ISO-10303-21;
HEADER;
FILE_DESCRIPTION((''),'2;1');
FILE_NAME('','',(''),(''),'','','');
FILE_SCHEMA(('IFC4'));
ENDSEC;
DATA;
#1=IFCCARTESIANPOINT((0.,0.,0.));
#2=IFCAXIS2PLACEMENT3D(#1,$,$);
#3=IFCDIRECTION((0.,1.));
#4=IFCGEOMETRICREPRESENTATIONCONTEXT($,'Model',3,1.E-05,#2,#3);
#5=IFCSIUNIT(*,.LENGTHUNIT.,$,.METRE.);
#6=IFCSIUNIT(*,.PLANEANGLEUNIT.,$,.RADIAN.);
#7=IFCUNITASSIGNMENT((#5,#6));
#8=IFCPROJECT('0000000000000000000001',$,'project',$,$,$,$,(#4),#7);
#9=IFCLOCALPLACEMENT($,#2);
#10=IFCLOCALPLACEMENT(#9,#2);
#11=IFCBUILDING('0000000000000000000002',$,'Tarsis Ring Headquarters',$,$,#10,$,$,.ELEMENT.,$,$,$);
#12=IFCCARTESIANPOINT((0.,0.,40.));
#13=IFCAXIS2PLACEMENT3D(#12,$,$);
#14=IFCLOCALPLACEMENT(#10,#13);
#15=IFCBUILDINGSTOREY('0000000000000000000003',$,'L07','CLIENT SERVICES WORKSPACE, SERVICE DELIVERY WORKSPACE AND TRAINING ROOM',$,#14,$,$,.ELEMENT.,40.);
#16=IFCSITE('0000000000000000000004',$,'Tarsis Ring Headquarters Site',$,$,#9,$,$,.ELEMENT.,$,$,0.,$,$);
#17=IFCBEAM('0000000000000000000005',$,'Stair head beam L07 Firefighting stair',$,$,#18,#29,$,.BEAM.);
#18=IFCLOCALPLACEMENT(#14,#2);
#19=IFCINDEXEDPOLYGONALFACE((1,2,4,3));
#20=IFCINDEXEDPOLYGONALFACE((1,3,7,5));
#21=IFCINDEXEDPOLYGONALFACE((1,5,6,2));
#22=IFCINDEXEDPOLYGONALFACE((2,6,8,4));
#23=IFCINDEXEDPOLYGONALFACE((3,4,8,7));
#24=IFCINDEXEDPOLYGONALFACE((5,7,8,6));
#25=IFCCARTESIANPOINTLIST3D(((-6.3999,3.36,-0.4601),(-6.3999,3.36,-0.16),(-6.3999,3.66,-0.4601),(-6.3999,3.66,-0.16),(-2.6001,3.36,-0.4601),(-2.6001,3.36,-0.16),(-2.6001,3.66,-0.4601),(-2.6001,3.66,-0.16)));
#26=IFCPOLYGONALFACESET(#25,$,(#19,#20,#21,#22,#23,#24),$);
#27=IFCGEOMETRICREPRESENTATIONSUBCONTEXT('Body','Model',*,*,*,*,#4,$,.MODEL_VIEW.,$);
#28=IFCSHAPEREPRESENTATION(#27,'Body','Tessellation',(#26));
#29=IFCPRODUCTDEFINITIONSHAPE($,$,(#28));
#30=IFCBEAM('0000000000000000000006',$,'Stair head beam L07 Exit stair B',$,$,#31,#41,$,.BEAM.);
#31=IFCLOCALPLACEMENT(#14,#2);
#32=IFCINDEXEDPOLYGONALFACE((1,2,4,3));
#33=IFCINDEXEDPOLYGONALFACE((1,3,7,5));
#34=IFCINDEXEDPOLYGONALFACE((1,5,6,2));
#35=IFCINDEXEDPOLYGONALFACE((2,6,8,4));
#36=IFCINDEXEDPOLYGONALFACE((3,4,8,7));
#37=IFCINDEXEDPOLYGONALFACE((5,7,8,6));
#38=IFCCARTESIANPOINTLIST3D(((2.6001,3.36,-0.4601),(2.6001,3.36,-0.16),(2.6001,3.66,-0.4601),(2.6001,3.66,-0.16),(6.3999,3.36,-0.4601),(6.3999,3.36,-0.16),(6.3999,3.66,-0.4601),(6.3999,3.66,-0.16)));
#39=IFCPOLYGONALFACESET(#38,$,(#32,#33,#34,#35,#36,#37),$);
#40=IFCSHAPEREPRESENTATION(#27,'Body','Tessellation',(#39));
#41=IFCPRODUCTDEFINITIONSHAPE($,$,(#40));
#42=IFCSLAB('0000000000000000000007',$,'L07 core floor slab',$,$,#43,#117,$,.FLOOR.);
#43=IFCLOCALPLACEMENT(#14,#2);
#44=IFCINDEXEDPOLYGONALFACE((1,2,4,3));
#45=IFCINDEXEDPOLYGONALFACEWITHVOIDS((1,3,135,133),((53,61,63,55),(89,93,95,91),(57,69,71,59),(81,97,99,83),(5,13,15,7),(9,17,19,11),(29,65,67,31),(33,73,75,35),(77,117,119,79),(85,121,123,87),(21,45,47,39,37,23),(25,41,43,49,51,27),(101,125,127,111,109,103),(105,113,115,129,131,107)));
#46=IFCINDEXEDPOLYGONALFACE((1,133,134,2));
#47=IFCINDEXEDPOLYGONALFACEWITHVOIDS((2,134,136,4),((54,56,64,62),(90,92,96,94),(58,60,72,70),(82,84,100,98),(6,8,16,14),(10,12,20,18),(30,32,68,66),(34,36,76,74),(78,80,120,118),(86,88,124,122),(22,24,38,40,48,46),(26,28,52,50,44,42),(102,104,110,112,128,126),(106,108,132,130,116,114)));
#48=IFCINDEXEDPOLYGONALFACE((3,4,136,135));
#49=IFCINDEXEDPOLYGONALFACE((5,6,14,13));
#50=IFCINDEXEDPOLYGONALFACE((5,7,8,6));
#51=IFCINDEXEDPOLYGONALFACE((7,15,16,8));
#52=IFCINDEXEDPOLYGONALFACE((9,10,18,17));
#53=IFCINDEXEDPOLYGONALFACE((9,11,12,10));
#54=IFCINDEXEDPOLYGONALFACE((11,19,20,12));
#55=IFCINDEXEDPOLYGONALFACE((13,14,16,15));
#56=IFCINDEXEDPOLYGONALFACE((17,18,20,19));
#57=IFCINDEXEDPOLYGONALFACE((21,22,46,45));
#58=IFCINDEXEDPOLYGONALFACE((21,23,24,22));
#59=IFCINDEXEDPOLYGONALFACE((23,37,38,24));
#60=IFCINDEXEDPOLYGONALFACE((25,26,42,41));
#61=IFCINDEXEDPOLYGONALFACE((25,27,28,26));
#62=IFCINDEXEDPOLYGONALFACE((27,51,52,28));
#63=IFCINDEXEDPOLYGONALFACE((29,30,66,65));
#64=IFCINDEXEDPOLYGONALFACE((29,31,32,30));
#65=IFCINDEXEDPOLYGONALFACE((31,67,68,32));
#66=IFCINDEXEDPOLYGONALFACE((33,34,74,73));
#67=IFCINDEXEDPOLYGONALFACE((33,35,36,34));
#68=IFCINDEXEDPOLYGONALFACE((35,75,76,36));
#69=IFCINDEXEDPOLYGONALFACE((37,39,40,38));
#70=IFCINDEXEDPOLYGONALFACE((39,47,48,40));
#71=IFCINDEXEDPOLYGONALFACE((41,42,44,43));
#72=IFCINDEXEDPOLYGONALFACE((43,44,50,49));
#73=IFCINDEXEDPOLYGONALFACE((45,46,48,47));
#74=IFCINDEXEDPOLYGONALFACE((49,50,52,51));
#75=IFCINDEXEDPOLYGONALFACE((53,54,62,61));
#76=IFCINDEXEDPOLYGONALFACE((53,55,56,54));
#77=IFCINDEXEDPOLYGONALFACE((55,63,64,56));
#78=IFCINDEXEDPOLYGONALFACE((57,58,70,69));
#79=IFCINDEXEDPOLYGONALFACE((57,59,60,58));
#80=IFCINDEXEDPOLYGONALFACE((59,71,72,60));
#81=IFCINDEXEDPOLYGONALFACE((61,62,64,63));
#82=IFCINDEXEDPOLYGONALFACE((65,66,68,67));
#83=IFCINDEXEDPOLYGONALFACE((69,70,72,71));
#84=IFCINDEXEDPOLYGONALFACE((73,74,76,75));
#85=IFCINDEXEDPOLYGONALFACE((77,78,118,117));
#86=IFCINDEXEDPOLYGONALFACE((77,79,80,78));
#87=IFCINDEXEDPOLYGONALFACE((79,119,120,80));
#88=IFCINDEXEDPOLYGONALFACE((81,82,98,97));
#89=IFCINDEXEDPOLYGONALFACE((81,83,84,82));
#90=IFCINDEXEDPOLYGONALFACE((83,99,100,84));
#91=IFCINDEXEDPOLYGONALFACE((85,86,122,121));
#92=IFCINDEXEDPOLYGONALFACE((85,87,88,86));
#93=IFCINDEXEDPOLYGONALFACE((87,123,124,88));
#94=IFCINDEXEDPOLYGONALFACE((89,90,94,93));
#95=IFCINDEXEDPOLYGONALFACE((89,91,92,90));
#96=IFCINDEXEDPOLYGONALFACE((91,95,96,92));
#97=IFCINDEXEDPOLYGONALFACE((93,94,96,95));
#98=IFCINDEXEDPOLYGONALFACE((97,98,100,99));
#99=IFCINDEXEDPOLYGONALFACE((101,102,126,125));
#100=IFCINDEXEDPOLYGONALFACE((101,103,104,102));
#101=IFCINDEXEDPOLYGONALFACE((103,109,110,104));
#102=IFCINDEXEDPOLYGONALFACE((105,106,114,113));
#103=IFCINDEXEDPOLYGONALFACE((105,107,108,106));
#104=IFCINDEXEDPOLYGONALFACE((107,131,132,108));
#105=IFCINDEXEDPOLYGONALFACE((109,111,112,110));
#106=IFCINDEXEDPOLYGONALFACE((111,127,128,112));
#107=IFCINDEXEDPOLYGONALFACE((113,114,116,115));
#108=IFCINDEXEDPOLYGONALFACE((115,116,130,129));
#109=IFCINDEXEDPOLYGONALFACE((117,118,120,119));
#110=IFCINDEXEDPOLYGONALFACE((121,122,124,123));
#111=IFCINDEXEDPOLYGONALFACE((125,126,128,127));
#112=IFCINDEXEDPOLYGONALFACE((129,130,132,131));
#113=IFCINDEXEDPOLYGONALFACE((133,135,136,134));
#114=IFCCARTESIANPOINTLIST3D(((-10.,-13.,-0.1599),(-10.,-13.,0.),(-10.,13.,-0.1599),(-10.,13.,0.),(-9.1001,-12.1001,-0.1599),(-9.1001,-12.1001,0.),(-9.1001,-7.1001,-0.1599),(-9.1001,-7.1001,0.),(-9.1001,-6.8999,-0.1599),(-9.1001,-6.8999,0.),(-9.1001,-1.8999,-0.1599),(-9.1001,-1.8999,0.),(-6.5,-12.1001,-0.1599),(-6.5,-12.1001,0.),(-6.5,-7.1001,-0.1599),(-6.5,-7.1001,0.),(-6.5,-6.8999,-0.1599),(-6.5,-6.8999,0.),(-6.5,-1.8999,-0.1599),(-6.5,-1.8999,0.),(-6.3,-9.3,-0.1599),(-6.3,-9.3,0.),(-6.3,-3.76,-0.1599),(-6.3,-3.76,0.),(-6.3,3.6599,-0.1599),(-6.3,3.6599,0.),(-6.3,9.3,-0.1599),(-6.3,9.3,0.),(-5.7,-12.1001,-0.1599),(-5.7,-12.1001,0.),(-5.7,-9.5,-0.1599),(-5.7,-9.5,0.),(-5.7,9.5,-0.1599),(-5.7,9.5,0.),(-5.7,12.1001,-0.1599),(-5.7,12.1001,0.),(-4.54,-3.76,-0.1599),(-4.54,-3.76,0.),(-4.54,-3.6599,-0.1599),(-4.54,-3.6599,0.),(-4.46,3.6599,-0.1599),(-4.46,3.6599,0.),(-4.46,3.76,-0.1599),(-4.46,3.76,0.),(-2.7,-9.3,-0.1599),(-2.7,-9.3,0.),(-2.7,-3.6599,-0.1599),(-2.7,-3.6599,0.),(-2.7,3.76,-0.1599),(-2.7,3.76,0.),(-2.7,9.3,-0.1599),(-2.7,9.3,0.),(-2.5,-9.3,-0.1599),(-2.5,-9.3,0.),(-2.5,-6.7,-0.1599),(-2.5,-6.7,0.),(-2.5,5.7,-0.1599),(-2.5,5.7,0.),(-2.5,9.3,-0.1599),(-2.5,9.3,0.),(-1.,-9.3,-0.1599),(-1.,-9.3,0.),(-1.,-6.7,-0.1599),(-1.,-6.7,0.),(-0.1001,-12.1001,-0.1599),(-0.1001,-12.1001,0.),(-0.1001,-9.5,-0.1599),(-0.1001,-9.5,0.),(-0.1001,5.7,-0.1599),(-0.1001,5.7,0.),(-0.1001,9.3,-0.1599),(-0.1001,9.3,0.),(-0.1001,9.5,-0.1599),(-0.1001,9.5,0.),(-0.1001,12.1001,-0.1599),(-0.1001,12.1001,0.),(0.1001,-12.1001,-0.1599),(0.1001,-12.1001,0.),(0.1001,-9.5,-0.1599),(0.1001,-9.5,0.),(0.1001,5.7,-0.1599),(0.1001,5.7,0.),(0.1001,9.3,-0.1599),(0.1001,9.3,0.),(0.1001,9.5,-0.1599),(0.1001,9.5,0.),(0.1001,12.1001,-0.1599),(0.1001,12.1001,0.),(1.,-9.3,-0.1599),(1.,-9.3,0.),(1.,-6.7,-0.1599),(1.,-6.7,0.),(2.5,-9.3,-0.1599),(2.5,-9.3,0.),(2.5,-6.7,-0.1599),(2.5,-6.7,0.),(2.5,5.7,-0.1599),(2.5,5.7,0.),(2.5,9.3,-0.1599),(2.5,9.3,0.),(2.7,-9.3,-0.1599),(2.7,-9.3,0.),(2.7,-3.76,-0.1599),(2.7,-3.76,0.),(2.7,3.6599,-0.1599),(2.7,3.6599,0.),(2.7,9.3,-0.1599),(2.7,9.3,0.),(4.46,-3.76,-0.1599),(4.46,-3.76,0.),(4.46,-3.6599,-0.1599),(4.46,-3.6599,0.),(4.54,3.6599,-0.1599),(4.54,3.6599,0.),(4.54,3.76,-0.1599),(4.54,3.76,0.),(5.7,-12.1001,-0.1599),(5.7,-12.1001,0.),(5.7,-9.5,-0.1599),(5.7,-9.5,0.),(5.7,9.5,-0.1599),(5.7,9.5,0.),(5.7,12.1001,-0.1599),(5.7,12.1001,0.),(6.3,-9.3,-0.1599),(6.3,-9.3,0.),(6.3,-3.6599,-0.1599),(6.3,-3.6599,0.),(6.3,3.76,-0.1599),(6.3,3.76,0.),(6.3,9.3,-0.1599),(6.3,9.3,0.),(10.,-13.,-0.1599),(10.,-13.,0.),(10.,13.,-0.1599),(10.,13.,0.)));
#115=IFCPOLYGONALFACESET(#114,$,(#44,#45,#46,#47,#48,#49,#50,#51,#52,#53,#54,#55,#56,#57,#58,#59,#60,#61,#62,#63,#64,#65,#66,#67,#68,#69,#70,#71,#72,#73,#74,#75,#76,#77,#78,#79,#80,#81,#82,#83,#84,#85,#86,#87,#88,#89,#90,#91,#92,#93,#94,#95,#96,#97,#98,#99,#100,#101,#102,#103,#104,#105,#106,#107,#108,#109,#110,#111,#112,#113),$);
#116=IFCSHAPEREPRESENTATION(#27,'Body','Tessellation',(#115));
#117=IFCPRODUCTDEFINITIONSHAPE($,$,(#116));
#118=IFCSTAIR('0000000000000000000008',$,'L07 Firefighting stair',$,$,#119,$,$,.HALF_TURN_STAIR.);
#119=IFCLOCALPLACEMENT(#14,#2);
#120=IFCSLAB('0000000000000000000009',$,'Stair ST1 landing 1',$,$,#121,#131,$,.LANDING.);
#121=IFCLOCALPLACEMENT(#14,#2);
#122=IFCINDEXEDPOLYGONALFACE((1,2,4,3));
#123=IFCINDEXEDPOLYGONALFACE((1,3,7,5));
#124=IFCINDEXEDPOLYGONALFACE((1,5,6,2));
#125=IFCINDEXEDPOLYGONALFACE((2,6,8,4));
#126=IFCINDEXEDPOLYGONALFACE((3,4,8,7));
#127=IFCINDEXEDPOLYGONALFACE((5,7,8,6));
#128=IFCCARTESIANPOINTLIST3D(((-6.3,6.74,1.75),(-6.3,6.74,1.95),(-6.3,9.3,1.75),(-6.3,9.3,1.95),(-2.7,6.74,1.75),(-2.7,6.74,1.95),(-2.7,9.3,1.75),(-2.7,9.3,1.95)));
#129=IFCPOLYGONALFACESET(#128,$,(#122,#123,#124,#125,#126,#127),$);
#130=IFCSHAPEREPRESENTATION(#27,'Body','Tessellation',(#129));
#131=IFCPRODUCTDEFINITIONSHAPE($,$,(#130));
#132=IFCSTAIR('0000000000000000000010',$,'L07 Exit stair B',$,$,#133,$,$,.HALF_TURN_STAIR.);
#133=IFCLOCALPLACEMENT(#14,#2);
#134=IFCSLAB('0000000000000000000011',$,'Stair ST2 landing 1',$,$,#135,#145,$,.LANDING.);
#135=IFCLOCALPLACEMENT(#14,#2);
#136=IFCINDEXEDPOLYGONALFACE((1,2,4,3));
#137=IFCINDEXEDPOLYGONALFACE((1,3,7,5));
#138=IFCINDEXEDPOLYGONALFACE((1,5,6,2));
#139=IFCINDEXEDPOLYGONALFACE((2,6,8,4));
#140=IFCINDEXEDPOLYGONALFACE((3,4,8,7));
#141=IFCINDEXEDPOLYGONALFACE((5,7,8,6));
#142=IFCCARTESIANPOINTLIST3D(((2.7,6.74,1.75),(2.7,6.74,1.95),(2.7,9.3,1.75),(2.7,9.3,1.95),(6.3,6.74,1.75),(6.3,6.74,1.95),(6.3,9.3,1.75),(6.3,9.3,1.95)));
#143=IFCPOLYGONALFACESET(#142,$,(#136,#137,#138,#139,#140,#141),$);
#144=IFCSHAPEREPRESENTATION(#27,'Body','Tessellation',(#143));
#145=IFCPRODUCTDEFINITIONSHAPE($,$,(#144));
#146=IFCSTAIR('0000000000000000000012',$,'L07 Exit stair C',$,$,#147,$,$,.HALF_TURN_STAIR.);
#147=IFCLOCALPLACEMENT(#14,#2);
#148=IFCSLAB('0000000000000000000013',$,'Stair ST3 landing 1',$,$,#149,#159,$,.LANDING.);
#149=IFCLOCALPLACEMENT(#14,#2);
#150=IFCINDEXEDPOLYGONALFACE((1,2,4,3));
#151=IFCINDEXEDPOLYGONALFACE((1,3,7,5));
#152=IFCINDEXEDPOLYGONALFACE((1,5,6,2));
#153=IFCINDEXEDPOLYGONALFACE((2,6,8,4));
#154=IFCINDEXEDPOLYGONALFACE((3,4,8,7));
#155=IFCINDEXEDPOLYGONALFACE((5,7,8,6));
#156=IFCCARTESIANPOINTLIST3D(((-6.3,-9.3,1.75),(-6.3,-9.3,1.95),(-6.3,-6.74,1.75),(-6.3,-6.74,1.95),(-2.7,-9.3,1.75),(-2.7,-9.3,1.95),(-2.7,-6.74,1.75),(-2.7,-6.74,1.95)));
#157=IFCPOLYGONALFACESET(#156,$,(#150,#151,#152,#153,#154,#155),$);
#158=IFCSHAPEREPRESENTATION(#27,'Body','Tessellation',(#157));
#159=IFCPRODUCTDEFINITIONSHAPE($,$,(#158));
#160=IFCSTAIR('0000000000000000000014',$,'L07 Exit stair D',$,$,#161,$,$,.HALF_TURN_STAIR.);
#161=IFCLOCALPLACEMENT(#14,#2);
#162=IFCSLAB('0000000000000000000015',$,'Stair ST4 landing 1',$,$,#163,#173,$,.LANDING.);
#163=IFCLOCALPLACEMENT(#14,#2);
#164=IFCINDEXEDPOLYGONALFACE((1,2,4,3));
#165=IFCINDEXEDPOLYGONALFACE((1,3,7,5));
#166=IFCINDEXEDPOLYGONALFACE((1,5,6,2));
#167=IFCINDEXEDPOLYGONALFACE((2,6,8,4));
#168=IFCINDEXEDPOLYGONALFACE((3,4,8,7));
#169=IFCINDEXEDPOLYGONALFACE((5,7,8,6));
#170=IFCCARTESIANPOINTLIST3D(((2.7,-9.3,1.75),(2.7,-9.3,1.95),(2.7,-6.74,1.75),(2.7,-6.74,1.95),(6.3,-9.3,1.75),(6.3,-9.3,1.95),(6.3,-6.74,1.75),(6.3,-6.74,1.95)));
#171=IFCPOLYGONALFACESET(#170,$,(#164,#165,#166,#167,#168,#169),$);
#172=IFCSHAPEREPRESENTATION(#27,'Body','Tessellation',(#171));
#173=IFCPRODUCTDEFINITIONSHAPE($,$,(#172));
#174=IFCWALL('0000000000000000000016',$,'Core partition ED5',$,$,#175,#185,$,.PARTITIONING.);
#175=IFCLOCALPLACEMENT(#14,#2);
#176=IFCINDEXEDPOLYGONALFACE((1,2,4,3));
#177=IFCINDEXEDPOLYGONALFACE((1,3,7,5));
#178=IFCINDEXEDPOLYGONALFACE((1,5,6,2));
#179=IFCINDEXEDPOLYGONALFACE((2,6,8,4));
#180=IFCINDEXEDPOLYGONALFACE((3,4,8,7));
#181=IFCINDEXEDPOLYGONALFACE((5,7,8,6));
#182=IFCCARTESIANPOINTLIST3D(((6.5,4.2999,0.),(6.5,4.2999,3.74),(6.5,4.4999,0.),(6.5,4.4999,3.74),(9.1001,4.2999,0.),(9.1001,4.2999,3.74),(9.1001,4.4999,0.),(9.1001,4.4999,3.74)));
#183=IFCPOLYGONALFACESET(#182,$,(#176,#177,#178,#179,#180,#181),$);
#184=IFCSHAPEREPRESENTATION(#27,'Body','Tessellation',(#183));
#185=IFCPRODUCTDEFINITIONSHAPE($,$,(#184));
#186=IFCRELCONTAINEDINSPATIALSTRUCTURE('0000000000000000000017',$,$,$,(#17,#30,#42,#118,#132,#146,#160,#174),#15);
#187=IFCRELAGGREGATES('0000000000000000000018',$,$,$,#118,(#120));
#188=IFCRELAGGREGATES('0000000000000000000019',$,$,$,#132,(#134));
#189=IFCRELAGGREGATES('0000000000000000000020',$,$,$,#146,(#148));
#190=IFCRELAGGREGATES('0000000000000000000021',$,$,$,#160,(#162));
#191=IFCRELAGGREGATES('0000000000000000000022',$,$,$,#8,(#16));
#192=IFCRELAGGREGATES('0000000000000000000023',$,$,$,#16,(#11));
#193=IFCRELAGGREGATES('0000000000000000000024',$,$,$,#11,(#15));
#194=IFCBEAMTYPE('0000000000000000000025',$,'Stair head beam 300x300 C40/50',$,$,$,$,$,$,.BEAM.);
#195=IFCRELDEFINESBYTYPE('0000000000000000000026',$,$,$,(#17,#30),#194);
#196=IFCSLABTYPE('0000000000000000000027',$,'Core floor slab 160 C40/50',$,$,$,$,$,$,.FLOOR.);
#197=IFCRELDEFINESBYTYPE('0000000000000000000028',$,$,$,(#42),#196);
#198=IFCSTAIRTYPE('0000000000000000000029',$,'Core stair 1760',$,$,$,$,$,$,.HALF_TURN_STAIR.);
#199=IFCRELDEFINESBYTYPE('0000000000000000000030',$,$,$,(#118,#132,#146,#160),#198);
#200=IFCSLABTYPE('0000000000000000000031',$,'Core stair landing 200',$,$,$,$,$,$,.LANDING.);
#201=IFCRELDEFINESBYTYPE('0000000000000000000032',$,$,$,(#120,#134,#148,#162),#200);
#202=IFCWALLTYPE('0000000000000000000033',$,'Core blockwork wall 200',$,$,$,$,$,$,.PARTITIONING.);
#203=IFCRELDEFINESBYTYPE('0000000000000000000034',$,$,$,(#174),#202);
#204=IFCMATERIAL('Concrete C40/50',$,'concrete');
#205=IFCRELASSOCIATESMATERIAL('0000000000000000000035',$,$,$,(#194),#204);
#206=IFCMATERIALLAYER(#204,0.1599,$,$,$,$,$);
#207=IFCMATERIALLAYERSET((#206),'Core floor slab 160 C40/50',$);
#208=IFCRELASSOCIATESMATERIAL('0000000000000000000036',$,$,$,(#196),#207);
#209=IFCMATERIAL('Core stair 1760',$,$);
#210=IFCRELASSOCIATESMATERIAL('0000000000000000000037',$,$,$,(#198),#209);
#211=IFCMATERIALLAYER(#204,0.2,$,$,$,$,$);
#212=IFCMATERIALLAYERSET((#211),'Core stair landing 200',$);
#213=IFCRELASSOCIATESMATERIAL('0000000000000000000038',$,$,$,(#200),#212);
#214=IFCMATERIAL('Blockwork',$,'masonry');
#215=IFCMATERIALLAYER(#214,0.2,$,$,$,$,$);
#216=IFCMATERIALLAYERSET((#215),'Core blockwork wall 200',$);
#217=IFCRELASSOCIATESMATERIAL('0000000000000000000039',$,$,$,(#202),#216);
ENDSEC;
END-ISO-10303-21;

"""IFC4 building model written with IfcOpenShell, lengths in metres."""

from ifc_helpers import new_model, si_unit, direction, frame, frame_2d, origin, origin_2d, place, context, subcontext, project, spatial, polyline, rectangle, outline, extrude, material, layer, layer_set, material_profile, profile_set, type_object, element, aggregate, save


model = new_model("IFC4")

# Units and contexts
model_context = context("Model", 3, precision=1e-05, world=origin(), true_north=direction((0.0, 1.0)))
body_context = subcontext(model_context, "Body", "Model", "MODEL_VIEW")
ifc_project = project(units=[si_unit("LENGTHUNIT", "METRE"), si_unit("PLANEANGLEUNIT", "RADIAN")], contexts=[model_context])

# Site, building, storey
site_placement = place(None, origin())
site = spatial("IfcSite", under=ifc_project, at=site_placement, Name="Tarsis Ring Headquarters Site", CompositionType="ELEMENT", RefElevation=0.0)
building_placement = place(site_placement, origin())
building = spatial("IfcBuilding", under=site, at=building_placement, Name="Tarsis Ring Headquarters", CompositionType="ELEMENT")
storey_placement = place(building_placement, frame((0.0, 0.0, 40.0)))
storey = spatial("IfcBuildingStorey", under=building, at=storey_placement, Name="L07", Description="CLIENT SERVICES WORKSPACE, SERVICE DELIVERY WORKSPACE AND TRAINING ROOM", CompositionType="ELEMENT", Elevation=40.0)

# Beams
ifc_material_1 = material(Name="Concrete C40/50", Category="concrete")
ifc_material_profile = material_profile(ifc_material_1, rectangle(XDim=0.3, YDim=0.3, at=origin_2d()), Name="Stair head beam 300x300 C40/50")
ifc_profile_set = profile_set([ifc_material_profile], Name="Concrete C40/50")
beam_type = type_object("IfcBeamType", Name="Stair head beam 300x300 C40/50", PredefinedType="BEAM", material=ifc_profile_set)
for number, where, z_axis, x_axis, name in (
    (1, (-6.3999, 3.51, -0.3101), (1.0, 0.0, 0.0), (0.0, 1.0, 0.0), "Stair head beam L07 Firefighting stair"),
    (2, (2.6001, 3.51, -0.3101), (1.0, 0.0, 0.0), (0.0, 1.0, 0.0), "Stair head beam L07 Exit stair B"),
):
    element("IfcBeam", number, at=place(storey_placement, frame(where, z_axis=z_axis, x_axis=x_axis)), inside=storey, type_object=beam_type, Name=name, PredefinedType="BEAM", context=body_context, shape_type="SweptSolid", body=[
        extrude(rectangle(XDim=0.3, YDim=0.3, at=origin_2d()), origin(), (0.0, 0.0, 1.0), 3.7998),
    ])

# Slab
ifc_layer_1 = layer(ifc_material_1, 0.1599)
ifc_layer_set_1 = layer_set([ifc_layer_1], Name="Core floor slab 160 C40/50")
slab_type_1 = type_object("IfcSlabType", Name="Core floor slab 160 C40/50", PredefinedType="FLOOR", material=ifc_layer_set_1)
slab_1_placement = place(storey_placement, frame((0.0, 0.0, -0.1599)))
element("IfcSlab", 3, at=slab_1_placement, inside=storey, type_object=slab_type_1, Name="L07 core floor slab", PredefinedType="FLOOR", context=body_context, shape_type="SweptSolid", body=[
    extrude(outline(polyline([(-10.0, -13.0), (10.0, -13.0), (10.0, 13.0), (-10.0, 13.0), (-10.0, -13.0)]), holes=[polyline([(-2.5, 5.7), (-0.1001, 5.7), (-0.1001, 9.3), (-2.5, 9.3), (-2.5, 5.7)]), polyline([(0.1001, 5.7), (2.5, 5.7), (2.5, 9.3), (0.1001, 9.3), (0.1001, 5.7)]), polyline([(-9.1001, -12.1001), (-6.5, -12.1001), (-6.5, -7.1001), (-9.1001, -7.1001), (-9.1001, -12.1001)]), polyline([(-9.1001, -6.8999), (-6.5, -6.8999), (-6.5, -1.8999), (-9.1001, -1.8999), (-9.1001, -6.8999)]), polyline([(-5.7, 9.5), (-0.1001, 9.5), (-0.1001, 12.1001), (-5.7, 12.1001), (-5.7, 9.5)]), polyline([(0.1001, 9.5), (5.7, 9.5), (5.7, 12.1001), (0.1001, 12.1001), (0.1001, 9.5)]), polyline([(-5.7, -12.1001), (-0.1001, -12.1001), (-0.1001, -9.5), (-5.7, -9.5), (-5.7, -12.1001)]), polyline([(0.1001, -12.1001), (5.7, -12.1001), (5.7, -9.5), (0.1001, -9.5), (0.1001, -12.1001)]), polyline([(-2.5, -9.3), (-1.0, -9.3), (-1.0, -6.7), (-2.5, -6.7), (-2.5, -9.3)]), polyline([(1.0, -9.3), (2.5, -9.3), (2.5, -6.7), (1.0, -6.7), (1.0, -9.3)]), polyline([(-2.7, 3.76), (-2.7, 9.3), (-6.3, 9.3), (-6.3, 3.6599), (-4.46, 3.6599), (-4.46, 3.76), (-2.7, 3.76)]), polyline([(6.3, 3.76), (6.3, 9.3), (2.7, 9.3), (2.7, 3.6599), (4.54, 3.6599), (4.54, 3.76), (6.3, 3.76)]), polyline([(-6.3, -3.76), (-6.3, -9.3), (-2.7, -9.3), (-2.7, -3.6599), (-4.54, -3.6599), (-4.54, -3.76), (-6.3, -3.76)]), polyline([(2.7, -3.76), (2.7, -9.3), (6.3, -9.3), (6.3, -3.6599), (4.46, -3.6599), (4.46, -3.76), (2.7, -3.76)])]), origin(), (0.0, 0.0, 1.0), 0.1599),
])

# Stairs, slabs
ifc_material_2 = material(Name="Core stair 1760")
stair_type = type_object("IfcStairType", Name="Core stair 1760", PredefinedType="HALF_TURN_STAIR", material=ifc_material_2)
stair_1_placement = place(storey_placement, origin())
stair_1 = element("IfcStair", 4, at=stair_1_placement, inside=storey, type_object=stair_type, Name="L07 Firefighting stair", PredefinedType="HALF_TURN_STAIR")
ifc_layer_2 = layer(ifc_material_1, 0.2)
ifc_layer_set_2 = layer_set([ifc_layer_2], Name="Core stair landing 200")
slab_type_2 = type_object("IfcSlabType", Name="Core stair landing 200", PredefinedType="LANDING", material=ifc_layer_set_2)
slab_2_placement = place(storey_placement, frame((0.0, 0.0, 1.75)))
slab_2 = element("IfcSlab", 5, at=slab_2_placement, type_object=slab_type_2, Name="Stair ST1 landing 1", PredefinedType="LANDING", context=body_context, shape_type="SweptSolid", body=[
    extrude(outline(polyline([(-2.7, 6.74), (-2.7, 9.3), (-6.3, 9.3), (-6.3, 6.74), (-2.7, 6.74)])), origin(), (0.0, 0.0, 1.0), 0.2),
])
aggregate(stair_1, [slab_2])
stair_2_placement = place(storey_placement, origin())
stair_2 = element("IfcStair", 6, at=stair_2_placement, inside=storey, type_object=stair_type, Name="L07 Exit stair B", PredefinedType="HALF_TURN_STAIR")
slab_3_placement = place(storey_placement, frame((0.0, 0.0, 1.75)))
slab_3 = element("IfcSlab", 7, at=slab_3_placement, type_object=slab_type_2, Name="Stair ST2 landing 1", PredefinedType="LANDING", context=body_context, shape_type="SweptSolid", body=[
    extrude(outline(polyline([(6.3, 6.74), (6.3, 9.3), (2.7, 9.3), (2.7, 6.74), (6.3, 6.74)])), origin(), (0.0, 0.0, 1.0), 0.2),
])
aggregate(stair_2, [slab_3])
stair_3_placement = place(storey_placement, origin())
stair_3 = element("IfcStair", 8, at=stair_3_placement, inside=storey, type_object=stair_type, Name="L07 Exit stair C", PredefinedType="HALF_TURN_STAIR")
slab_4_placement = place(storey_placement, frame((0.0, 0.0, 1.75)))
slab_4 = element("IfcSlab", 9, at=slab_4_placement, type_object=slab_type_2, Name="Stair ST3 landing 1", PredefinedType="LANDING", context=body_context, shape_type="SweptSolid", body=[
    extrude(outline(polyline([(-6.3, -6.74), (-6.3, -9.3), (-2.7, -9.3), (-2.7, -6.74), (-6.3, -6.74)])), origin(), (0.0, 0.0, 1.0), 0.2),
])
aggregate(stair_3, [slab_4])
stair_4_placement = place(storey_placement, origin())
stair_4 = element("IfcStair", 10, at=stair_4_placement, inside=storey, type_object=stair_type, Name="L07 Exit stair D", PredefinedType="HALF_TURN_STAIR")
slab_5_placement = place(storey_placement, frame((0.0, 0.0, 1.75)))
slab_5 = element("IfcSlab", 11, at=slab_5_placement, type_object=slab_type_2, Name="Stair ST4 landing 1", PredefinedType="LANDING", context=body_context, shape_type="SweptSolid", body=[
    extrude(outline(polyline([(2.7, -6.74), (2.7, -9.3), (6.3, -9.3), (6.3, -6.74), (2.7, -6.74)])), origin(), (0.0, 0.0, 1.0), 0.2),
])
aggregate(stair_4, [slab_5])

# Wall
ifc_material_3 = material(Name="Blockwork", Category="masonry")
ifc_layer_3 = layer(ifc_material_3, 0.2)
ifc_layer_set_3 = layer_set([ifc_layer_3], Name="Core blockwork wall 200")
wall_type_1 = type_object("IfcWallType", Name="Core blockwork wall 200", PredefinedType="PARTITIONING", material=ifc_layer_set_3)
wall_1_placement = place(storey_placement, frame((6.5, 4.3999, 0.0), z_axis=(0.0, 0.0, 1.0), x_axis=(1.0, 0.0, 0.0)))
element("IfcWall", 12, at=wall_1_placement, inside=storey, type_object=wall_type_1, Name="Core partition ED5", PredefinedType="PARTITIONING", context=body_context, shape_type="SweptSolid", body=[
    extrude(rectangle(XDim=2.6001, YDim=0.2, at=frame_2d((1.3, 0.0))), origin(), (0.0, 0.0, 1.0), 3.74),
])

save(model, "model.ifc")
